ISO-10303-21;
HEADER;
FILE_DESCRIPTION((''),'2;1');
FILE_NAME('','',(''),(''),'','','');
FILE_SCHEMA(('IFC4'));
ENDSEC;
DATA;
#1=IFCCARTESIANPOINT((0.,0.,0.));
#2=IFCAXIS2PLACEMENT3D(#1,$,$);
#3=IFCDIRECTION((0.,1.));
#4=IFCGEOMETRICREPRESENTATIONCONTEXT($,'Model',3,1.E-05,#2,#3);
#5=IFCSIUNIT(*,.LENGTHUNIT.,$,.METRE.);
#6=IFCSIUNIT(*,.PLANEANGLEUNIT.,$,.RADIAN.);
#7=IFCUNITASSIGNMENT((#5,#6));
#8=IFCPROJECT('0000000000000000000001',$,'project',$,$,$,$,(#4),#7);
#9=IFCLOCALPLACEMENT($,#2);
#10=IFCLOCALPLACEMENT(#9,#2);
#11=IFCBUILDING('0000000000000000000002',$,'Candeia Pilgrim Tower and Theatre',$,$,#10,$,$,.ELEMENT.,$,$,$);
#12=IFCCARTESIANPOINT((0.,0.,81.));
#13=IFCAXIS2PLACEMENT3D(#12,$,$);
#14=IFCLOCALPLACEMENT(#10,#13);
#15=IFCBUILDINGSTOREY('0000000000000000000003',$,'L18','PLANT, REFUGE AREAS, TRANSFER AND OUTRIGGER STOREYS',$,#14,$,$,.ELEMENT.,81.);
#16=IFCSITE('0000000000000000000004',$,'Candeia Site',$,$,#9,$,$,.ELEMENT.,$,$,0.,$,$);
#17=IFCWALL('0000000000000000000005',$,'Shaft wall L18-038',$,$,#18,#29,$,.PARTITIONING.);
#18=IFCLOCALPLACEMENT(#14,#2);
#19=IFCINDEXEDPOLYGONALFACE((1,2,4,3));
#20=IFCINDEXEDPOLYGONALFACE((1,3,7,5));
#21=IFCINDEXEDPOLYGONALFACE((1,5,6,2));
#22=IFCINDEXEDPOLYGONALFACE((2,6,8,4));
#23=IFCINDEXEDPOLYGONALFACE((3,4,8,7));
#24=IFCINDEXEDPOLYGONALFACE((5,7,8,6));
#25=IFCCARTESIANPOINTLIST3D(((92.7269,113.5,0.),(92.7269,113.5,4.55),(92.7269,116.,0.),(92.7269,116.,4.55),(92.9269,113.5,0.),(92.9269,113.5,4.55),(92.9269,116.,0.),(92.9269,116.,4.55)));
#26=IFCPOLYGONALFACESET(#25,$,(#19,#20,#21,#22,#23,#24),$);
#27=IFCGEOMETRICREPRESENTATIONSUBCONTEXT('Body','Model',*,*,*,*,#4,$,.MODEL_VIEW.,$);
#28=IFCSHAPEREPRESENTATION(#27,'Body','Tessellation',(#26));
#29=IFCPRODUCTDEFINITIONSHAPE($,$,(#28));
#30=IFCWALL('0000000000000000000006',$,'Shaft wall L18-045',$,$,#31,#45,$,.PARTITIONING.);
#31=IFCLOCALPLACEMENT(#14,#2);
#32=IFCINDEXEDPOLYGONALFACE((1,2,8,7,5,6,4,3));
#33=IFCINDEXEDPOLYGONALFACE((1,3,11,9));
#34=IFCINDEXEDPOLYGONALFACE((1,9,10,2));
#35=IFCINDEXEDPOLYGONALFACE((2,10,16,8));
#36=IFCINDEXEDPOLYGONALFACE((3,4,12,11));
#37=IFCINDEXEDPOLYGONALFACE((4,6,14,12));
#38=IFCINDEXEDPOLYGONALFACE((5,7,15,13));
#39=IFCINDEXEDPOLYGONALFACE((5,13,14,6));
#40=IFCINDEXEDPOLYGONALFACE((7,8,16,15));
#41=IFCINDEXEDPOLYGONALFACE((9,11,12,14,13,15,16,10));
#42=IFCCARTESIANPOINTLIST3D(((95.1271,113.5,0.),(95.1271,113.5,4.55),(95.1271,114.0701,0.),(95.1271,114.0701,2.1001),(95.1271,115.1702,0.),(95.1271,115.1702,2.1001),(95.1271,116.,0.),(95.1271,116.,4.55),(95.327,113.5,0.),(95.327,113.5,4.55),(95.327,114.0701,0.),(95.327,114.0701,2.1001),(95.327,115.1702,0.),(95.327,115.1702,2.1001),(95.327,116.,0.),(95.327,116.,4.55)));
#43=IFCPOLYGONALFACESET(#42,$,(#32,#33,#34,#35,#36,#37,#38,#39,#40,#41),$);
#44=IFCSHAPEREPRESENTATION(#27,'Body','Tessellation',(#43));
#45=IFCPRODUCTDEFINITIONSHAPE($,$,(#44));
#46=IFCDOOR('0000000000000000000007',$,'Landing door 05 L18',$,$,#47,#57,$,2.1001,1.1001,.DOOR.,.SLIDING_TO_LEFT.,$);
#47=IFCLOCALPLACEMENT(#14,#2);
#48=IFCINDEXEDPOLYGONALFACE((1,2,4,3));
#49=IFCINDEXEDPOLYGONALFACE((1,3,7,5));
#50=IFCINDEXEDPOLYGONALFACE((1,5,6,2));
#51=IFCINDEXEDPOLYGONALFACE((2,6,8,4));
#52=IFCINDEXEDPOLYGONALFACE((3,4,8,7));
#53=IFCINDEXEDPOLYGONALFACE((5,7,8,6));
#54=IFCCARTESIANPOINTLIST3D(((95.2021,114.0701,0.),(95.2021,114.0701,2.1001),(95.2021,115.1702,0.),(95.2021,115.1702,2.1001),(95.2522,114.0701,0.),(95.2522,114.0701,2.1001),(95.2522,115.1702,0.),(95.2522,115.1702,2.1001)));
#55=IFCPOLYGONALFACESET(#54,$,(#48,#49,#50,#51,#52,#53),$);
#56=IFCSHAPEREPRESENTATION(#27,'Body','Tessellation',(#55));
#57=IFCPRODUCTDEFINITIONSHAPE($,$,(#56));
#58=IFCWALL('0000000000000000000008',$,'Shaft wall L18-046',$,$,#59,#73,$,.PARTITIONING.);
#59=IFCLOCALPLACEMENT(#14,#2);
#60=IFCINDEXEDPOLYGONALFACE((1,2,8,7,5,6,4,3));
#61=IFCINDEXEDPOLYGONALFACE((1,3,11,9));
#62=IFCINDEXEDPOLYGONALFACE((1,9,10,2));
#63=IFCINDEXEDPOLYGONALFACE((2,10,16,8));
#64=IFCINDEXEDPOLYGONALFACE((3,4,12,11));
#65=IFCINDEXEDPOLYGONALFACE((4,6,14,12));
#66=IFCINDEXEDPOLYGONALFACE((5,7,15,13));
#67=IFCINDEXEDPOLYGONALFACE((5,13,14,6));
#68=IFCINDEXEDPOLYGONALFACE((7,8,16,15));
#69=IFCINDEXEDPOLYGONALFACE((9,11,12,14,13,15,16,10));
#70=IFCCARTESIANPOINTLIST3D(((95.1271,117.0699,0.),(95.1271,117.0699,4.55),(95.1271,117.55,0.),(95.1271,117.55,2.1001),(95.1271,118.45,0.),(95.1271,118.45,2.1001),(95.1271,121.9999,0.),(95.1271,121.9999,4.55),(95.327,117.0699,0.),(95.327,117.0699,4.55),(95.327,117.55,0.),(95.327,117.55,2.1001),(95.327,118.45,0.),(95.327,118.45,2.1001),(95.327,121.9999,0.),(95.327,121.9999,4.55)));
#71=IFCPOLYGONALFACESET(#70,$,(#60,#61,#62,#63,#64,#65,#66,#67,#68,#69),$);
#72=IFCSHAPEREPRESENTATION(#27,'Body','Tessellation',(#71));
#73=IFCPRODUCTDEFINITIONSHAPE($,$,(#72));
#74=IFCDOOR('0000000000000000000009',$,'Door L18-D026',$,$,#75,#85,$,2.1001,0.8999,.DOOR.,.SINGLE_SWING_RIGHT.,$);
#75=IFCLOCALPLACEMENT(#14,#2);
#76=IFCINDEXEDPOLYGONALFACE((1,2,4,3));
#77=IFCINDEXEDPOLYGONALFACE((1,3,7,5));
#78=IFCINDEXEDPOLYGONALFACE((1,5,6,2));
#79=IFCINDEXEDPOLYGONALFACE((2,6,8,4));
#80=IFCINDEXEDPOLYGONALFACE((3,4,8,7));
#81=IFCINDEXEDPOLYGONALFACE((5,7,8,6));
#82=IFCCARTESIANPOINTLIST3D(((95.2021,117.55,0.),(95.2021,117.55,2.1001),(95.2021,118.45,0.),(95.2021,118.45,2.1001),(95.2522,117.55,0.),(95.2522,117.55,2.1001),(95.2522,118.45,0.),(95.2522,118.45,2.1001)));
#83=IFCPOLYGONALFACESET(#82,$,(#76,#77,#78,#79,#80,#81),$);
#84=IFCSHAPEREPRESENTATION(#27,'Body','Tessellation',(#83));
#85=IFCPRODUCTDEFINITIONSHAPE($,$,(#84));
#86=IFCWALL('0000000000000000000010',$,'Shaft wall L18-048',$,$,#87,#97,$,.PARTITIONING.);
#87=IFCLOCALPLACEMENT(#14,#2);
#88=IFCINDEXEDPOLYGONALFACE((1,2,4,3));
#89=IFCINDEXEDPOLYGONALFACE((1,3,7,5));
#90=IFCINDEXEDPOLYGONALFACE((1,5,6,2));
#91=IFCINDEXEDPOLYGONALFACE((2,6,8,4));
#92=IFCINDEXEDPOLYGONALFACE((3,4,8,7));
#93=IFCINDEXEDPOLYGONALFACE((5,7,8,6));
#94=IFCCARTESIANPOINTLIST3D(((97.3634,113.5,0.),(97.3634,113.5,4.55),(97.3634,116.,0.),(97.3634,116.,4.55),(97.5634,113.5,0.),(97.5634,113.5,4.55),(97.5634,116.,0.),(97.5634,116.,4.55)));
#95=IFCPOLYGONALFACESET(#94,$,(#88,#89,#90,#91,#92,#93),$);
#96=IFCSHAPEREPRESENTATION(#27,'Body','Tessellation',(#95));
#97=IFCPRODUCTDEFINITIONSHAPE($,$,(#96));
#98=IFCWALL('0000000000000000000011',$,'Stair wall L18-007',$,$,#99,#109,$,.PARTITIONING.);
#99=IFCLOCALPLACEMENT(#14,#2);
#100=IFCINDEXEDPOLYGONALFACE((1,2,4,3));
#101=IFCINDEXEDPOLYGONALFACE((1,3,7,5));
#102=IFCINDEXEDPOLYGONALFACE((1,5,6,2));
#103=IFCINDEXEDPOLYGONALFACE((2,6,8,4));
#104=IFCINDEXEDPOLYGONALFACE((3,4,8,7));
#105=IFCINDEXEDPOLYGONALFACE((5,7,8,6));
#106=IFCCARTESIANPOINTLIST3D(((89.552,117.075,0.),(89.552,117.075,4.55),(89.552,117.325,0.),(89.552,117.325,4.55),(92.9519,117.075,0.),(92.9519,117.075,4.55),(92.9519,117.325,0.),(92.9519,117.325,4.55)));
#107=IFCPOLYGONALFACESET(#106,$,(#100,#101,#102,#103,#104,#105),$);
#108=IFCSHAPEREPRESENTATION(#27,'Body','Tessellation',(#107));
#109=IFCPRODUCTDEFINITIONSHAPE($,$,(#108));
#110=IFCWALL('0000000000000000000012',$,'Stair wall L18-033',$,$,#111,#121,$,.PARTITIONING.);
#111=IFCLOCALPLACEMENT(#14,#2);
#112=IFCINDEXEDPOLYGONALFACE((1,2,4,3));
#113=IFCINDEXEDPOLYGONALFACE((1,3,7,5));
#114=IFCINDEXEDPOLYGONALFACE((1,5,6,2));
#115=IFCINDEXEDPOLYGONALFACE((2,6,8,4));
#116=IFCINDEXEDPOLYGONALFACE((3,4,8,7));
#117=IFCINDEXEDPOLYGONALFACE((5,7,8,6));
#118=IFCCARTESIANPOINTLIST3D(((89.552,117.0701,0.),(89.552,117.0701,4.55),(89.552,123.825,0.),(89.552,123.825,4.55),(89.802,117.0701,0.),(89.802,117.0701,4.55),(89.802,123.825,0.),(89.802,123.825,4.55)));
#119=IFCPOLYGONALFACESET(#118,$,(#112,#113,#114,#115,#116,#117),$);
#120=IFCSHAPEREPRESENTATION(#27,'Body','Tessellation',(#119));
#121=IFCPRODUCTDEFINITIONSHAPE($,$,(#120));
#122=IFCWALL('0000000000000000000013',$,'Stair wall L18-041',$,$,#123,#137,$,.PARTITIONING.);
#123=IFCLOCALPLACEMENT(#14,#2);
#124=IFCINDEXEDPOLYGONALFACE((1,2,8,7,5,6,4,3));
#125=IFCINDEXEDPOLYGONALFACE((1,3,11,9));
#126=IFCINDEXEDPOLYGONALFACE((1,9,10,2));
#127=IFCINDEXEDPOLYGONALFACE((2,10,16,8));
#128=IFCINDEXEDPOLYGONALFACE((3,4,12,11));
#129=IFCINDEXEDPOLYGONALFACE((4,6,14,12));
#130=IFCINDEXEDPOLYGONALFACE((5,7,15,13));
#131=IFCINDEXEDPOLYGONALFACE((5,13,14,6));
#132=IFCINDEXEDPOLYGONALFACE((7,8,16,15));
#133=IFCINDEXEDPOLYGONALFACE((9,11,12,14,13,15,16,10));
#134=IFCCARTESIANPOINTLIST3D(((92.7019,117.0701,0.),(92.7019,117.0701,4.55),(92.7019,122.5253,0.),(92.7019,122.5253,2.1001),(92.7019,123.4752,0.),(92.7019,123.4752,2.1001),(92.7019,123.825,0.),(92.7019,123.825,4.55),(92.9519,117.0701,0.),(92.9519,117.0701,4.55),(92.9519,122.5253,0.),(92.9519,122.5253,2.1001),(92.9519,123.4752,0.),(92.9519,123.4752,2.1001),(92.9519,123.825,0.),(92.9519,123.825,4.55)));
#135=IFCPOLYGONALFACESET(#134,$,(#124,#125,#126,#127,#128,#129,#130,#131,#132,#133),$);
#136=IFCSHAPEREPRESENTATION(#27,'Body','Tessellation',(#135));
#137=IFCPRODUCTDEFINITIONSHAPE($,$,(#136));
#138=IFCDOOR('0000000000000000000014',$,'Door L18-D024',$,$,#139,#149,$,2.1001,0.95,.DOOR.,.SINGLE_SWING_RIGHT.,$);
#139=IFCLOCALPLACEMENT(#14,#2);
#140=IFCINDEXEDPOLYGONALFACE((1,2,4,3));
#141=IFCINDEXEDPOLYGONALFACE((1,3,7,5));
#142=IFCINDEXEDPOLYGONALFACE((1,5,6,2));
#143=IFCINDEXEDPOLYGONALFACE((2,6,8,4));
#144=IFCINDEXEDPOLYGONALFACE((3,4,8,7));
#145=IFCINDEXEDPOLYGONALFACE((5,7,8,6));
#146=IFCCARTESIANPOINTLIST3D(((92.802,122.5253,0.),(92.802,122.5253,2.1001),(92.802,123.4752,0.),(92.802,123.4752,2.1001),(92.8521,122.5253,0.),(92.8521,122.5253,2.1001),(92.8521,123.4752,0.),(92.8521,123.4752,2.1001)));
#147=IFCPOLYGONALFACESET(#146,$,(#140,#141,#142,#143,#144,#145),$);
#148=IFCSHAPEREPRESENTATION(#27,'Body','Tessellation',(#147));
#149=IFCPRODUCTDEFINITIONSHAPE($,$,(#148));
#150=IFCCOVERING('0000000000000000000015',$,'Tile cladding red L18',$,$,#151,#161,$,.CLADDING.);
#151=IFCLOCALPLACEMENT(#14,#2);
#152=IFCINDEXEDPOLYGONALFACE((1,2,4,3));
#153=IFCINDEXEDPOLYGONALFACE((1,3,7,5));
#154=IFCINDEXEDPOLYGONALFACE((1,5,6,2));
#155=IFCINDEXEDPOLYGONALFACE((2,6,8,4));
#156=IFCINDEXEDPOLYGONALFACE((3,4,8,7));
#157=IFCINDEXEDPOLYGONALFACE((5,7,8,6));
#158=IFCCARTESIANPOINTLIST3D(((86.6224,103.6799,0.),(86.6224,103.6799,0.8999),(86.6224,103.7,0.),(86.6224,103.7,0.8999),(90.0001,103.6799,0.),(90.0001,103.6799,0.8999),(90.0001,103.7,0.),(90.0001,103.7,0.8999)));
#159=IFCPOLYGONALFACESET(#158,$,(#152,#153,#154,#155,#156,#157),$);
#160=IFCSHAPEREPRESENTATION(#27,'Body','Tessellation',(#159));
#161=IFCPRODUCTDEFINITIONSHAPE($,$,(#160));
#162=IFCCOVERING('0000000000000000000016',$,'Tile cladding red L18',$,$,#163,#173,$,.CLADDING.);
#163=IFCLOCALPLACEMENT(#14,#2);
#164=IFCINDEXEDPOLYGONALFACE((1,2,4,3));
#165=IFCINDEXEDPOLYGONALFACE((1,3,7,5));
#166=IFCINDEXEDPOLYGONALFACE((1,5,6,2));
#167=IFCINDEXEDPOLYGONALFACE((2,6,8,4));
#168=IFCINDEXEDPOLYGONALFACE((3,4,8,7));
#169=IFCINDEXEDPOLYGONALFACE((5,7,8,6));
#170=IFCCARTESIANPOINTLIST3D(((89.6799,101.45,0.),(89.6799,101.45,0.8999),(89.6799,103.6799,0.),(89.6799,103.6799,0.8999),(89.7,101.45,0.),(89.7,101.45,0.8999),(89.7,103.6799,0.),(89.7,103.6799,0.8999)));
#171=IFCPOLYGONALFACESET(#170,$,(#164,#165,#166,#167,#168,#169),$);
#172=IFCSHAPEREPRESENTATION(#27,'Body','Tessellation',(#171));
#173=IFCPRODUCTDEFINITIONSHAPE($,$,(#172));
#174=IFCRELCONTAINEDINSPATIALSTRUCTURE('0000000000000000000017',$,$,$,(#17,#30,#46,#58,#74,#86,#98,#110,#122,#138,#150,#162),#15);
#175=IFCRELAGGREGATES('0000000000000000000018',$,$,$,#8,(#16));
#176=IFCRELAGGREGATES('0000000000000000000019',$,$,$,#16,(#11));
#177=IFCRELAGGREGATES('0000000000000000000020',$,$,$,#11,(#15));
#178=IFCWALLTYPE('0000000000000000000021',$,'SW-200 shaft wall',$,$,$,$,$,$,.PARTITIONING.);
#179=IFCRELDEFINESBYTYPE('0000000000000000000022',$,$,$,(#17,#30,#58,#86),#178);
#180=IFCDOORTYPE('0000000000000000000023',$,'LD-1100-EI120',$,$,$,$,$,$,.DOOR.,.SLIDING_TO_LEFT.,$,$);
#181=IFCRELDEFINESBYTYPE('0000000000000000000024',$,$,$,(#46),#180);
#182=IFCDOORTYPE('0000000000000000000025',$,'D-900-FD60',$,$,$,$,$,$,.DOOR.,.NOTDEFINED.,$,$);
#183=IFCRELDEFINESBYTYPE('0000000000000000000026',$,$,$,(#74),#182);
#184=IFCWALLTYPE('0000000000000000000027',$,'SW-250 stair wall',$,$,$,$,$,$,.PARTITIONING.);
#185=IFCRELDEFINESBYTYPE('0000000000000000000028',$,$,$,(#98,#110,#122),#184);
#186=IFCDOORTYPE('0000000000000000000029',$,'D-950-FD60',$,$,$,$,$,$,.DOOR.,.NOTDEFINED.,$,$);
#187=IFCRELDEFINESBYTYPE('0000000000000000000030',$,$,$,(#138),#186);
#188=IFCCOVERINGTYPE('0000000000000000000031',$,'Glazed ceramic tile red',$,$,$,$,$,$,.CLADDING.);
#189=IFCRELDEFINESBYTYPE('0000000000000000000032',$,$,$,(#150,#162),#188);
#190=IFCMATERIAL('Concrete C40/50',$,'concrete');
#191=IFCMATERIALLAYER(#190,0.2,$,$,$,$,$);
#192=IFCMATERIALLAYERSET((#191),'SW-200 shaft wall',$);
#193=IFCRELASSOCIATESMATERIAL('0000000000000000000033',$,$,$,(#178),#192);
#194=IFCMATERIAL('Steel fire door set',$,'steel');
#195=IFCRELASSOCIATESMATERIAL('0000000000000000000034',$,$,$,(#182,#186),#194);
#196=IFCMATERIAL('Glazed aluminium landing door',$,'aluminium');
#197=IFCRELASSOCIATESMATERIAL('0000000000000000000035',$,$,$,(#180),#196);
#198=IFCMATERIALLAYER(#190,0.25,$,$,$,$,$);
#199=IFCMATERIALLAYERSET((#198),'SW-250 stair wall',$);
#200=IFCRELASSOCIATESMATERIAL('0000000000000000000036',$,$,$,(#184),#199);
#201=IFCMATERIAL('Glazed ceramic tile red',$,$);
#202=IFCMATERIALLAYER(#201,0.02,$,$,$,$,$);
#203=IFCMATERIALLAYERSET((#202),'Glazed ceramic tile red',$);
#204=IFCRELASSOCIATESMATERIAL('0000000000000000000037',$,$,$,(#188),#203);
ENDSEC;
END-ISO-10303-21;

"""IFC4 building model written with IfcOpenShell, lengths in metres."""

from ifc_helpers import new_model, si_unit, direction, frame, frame_2d, origin, origin_2d, place, context, subcontext, project, spatial, rectangle, extrude, material, layer, layer_set, type_object, element, fill, save


model = new_model("IFC4")

# Units and contexts
model_context = context("Model", 3, precision=1e-05, world=origin(), true_north=direction((0.0, 1.0)))
body_context = subcontext(model_context, "Body", "Model", "MODEL_VIEW")
ifc_project = project(units=[si_unit("LENGTHUNIT", "METRE"), si_unit("PLANEANGLEUNIT", "RADIAN")], contexts=[model_context])

# Site, building, storey
site_placement = place(None, origin())
site = spatial("IfcSite", under=ifc_project, at=site_placement, Name="Candeia Site", CompositionType="ELEMENT", RefElevation=0.0)
building_placement = place(site_placement, origin())
building = spatial("IfcBuilding", under=site, at=building_placement, Name="Candeia Pilgrim Tower and Theatre", CompositionType="ELEMENT")
storey_placement = place(building_placement, frame((0.0, 0.0, 81.0)))
storey = spatial("IfcBuildingStorey", under=building, at=storey_placement, Name="L18", Description="PLANT, REFUGE AREAS, TRANSFER AND OUTRIGGER STOREYS", CompositionType="ELEMENT", Elevation=81.0)

# Shared definitions
ifc_material_1 = material(Name="Steel fire door set", Category="steel")

# Shared definitions
ifc_material_2 = material(Name="Concrete C40/50", Category="concrete")
ifc_layer_1 = layer(ifc_material_2, 0.2)
ifc_layer_set_1 = layer_set([ifc_layer_1], Name="SW-200 shaft wall")
wall_type_1 = type_object("IfcWallType", Name="SW-200 shaft wall", PredefinedType="PARTITIONING", material=ifc_layer_set_1)
door_type_1 = type_object("IfcDoorType", Name="D-900-FD60", OperationType="NOTDEFINED", PredefinedType="DOOR", material=ifc_material_1)

# Wall
for number, where, z_axis, x_axis, name in (
    (1, (92.8269, 113.5, 0.0), (0.0, 0.0, 1.0), (0.0, 1.0, 0.0), "Shaft wall L18-038"),
):
    element("IfcWall", number, at=place(storey_placement, frame(where, z_axis=z_axis, x_axis=x_axis)), inside=storey, type_object=wall_type_1, Name=name, PredefinedType="PARTITIONING", context=body_context, shape_type="SweptSolid", body=[
        extrude(rectangle(XDim=2.5, YDim=0.2, at=frame_2d((1.25, 0.0))), origin(), (0.0, 0.0, 1.0), 4.55),
    ])

# Walls, openings, doors
wall_1_placement = place(storey_placement, frame((95.2271, 113.5, 0.0), z_axis=(0.0, 0.0, 1.0), x_axis=(0.0, 1.0, 0.0)))
wall_1 = element("IfcWall", 2, at=wall_1_placement, inside=storey, type_object=wall_type_1, Name="Shaft wall L18-045", PredefinedType="PARTITIONING", context=body_context, shape_type="SweptSolid", body=[
    extrude(rectangle(XDim=2.5, YDim=0.2, at=frame_2d((1.25, 0.0))), origin(), (0.0, 0.0, 1.0), 4.55),
])
opening_1_placement = place(wall_1_placement, frame((0.5701, 0.0, 0.0)))
opening_1 = element("IfcOpeningElement", 3, at=opening_1_placement, cuts=wall_1, PredefinedType="OPENING", context=body_context, shape_type="SweptSolid", body=[
    extrude(rectangle(XDim=1.1001, YDim=2.1001, at=frame_2d((0.55, 1.05))), frame((0.0, 0.1099, 0.0), z_axis=(0.0, -1.0, 0.0), x_axis=(1.0, 0.0, 0.0)), (0.0, 0.0, 1.0), 0.22),
])
ifc_material_3 = material(Name="Glazed aluminium landing door", Category="aluminium")
door_type_2 = type_object("IfcDoorType", Name="LD-1100-EI120", OperationType="SLIDING_TO_LEFT", PredefinedType="DOOR", material=ifc_material_3)
door_1_placement = place(opening_1_placement, origin())
door_1 = element("IfcDoor", 4, at=door_1_placement, inside=storey, type_object=door_type_2, Name="Landing door 05 L18", OperationType="SLIDING_TO_LEFT", OverallHeight=2.1001, OverallWidth=1.1001, PredefinedType="DOOR", context=body_context, shape_type="SweptSolid", body=[
    extrude(rectangle(XDim=1.1001, YDim=2.1001, at=frame_2d((0.55, 1.05))), frame((0.0, 0.0249, 0.0), z_axis=(0.0, -1.0, 0.0), x_axis=(1.0, 0.0, 0.0)), (0.0, 0.0, 1.0), 0.05),
])
fill(opening_1, door_1)
wall_2_placement = place(storey_placement, frame((95.2271, 117.0701, 0.0), z_axis=(0.0, 0.0, 1.0), x_axis=(0.0, 1.0, 0.0)))
wall_2 = element("IfcWall", 5, at=wall_2_placement, inside=storey, type_object=wall_type_1, Name="Shaft wall L18-046", PredefinedType="PARTITIONING", context=body_context, shape_type="SweptSolid", body=[
    extrude(rectangle(XDim=4.9299, YDim=0.2, at=frame_2d((2.4648, 0.0))), origin(), (0.0, 0.0, 1.0), 4.55),
])
opening_2_placement = place(wall_2_placement, frame((0.48, 0.0, 0.0)))
opening_2 = element("IfcOpeningElement", 6, at=opening_2_placement, cuts=wall_2, PredefinedType="OPENING", context=body_context, shape_type="SweptSolid", body=[
    extrude(rectangle(XDim=0.8999, YDim=2.1001, at=frame_2d((0.45, 1.05))), frame((0.0, 0.1099, 0.0), z_axis=(0.0, -1.0, 0.0), x_axis=(1.0, 0.0, 0.0)), (0.0, 0.0, 1.0), 0.22),
])
door_2_placement = place(opening_2_placement, origin())
door_2 = element("IfcDoor", 7, at=door_2_placement, inside=storey, type_object=door_type_1, Name="Door L18-D026", OperationType="SINGLE_SWING_RIGHT", OverallHeight=2.1001, OverallWidth=0.8999, PredefinedType="DOOR", context=body_context, shape_type="SweptSolid", body=[
    extrude(rectangle(XDim=0.8999, YDim=2.1001, at=frame_2d((0.45, 1.05))), frame((0.0, 0.0249, 0.0), z_axis=(0.0, -1.0, 0.0), x_axis=(1.0, 0.0, 0.0)), (0.0, 0.0, 1.0), 0.05),
])
fill(opening_2, door_2)

# Walls
wall_3_placement = place(storey_placement, frame((97.4634, 113.5, 0.0), z_axis=(0.0, 0.0, 1.0), x_axis=(0.0, 1.0, 0.0)))
element("IfcWall", 8, at=wall_3_placement, inside=storey, type_object=wall_type_1, Name="Shaft wall L18-048", PredefinedType="PARTITIONING", context=body_context, shape_type="SweptSolid", body=[
    extrude(rectangle(XDim=2.5, YDim=0.2, at=frame_2d((1.25, 0.0))), origin(), (0.0, 0.0, 1.0), 4.55),
])
ifc_layer_2 = layer(ifc_material_2, 0.25)
ifc_layer_set_2 = layer_set([ifc_layer_2], Name="SW-250 stair wall")
wall_type_2 = type_object("IfcWallType", Name="SW-250 stair wall", PredefinedType="PARTITIONING", material=ifc_layer_set_2)
wall_4_placement = place(storey_placement, frame((89.552, 117.2, 0.0), z_axis=(0.0, 0.0, 1.0), x_axis=(1.0, 0.0, 0.0)))
element("IfcWall", 9, at=wall_4_placement, inside=storey, type_object=wall_type_2, Name="Stair wall L18-007", PredefinedType="PARTITIONING", context=body_context, shape_type="SweptSolid", body=[
    extrude(rectangle(XDim=3.3999, YDim=0.25, at=frame_2d((1.7, 0.0))), origin(), (0.0, 0.0, 1.0), 4.55),
])
wall_5_placement = place(storey_placement, frame((89.677, 117.0701, 0.0), z_axis=(0.0, 0.0, 1.0), x_axis=(0.0, 1.0, 0.0)))
element("IfcWall", 10, at=wall_5_placement, inside=storey, type_object=wall_type_2, Name="Stair wall L18-033", PredefinedType="PARTITIONING", context=body_context, shape_type="SweptSolid", body=[
    extrude(rectangle(XDim=6.7549, YDim=0.25, at=frame_2d((3.3774, 0.0))), origin(), (0.0, 0.0, 1.0), 4.55),
])

# Wall, opening, door
wall_6_placement = place(storey_placement, frame((92.8269, 117.0701, 0.0), z_axis=(0.0, 0.0, 1.0), x_axis=(0.0, 1.0, 0.0)))
wall_6 = element("IfcWall", 11, at=wall_6_placement, inside=storey, type_object=wall_type_2, Name="Stair wall L18-041", PredefinedType="PARTITIONING", context=body_context, shape_type="SweptSolid", body=[
    extrude(rectangle(XDim=6.7549, YDim=0.25, at=frame_2d((3.3774, 0.0))), origin(), (0.0, 0.0, 1.0), 4.55),
])
opening_3_placement = place(wall_6_placement, frame((5.4551, 0.0, 0.0)))
opening_3 = element("IfcOpeningElement", 12, at=opening_3_placement, cuts=wall_6, PredefinedType="OPENING", context=body_context, shape_type="SweptSolid", body=[
    extrude(rectangle(XDim=0.95, YDim=2.1001, at=frame_2d((0.4751, 1.05))), frame((0.0, 0.135, 0.0), z_axis=(0.0, -1.0, 0.0), x_axis=(1.0, 0.0, 0.0)), (0.0, 0.0, 1.0), 0.27),
])
door_type_3 = type_object("IfcDoorType", Name="D-950-FD60", OperationType="NOTDEFINED", PredefinedType="DOOR", material=ifc_material_1)
door_3_placement = place(opening_3_placement, origin())
door_3 = element("IfcDoor", 13, at=door_3_placement, inside=storey, type_object=door_type_3, Name="Door L18-D024", OperationType="SINGLE_SWING_RIGHT", OverallHeight=2.1001, OverallWidth=0.95, PredefinedType="DOOR", context=body_context, shape_type="SweptSolid", body=[
    extrude(rectangle(XDim=0.95, YDim=2.1001, at=frame_2d((0.4751, 1.05))), frame((0.0, 0.0249, 0.0), z_axis=(0.0, -1.0, 0.0), x_axis=(1.0, 0.0, 0.0)), (0.0, 0.0, 1.0), 0.05),
])
fill(opening_3, door_3)

# Coverings
ifc_material_4 = material(Name="Glazed ceramic tile red")
ifc_layer_3 = layer(ifc_material_4, 0.02)
ifc_layer_set_3 = layer_set([ifc_layer_3], Name="Glazed ceramic tile red")
covering_type = type_object("IfcCoveringType", Name="Glazed ceramic tile red", PredefinedType="CLADDING", material=ifc_layer_set_3)
covering_1_placement = place(storey_placement, frame((88.3113, 103.6899, 0.0), z_axis=(0.0, 0.0, 1.0), x_axis=(1.0, 0.0, 0.0)))
element("IfcCovering", 14, at=covering_1_placement, inside=storey, type_object=covering_type, Name="Tile cladding red L18", PredefinedType="CLADDING", context=body_context, shape_type="SweptSolid", body=[
    extrude(rectangle(XDim=3.3777, YDim=0.02, at=origin_2d()), origin(), (0.0, 0.0, 1.0), 0.8999),
])
covering_2_placement = place(storey_placement, frame((89.6899, 102.5649, 0.0), z_axis=(0.0, 0.0, 1.0), x_axis=(0.0, -1.0, 0.0)))
element("IfcCovering", 15, at=covering_2_placement, inside=storey, type_object=covering_type, Name="Tile cladding red L18", PredefinedType="CLADDING", context=body_context, shape_type="SweptSolid", body=[
    extrude(rectangle(XDim=2.23, YDim=0.02, at=origin_2d()), origin(), (0.0, 0.0, 1.0), 0.8999),
])

save(model, "model.ifc")
